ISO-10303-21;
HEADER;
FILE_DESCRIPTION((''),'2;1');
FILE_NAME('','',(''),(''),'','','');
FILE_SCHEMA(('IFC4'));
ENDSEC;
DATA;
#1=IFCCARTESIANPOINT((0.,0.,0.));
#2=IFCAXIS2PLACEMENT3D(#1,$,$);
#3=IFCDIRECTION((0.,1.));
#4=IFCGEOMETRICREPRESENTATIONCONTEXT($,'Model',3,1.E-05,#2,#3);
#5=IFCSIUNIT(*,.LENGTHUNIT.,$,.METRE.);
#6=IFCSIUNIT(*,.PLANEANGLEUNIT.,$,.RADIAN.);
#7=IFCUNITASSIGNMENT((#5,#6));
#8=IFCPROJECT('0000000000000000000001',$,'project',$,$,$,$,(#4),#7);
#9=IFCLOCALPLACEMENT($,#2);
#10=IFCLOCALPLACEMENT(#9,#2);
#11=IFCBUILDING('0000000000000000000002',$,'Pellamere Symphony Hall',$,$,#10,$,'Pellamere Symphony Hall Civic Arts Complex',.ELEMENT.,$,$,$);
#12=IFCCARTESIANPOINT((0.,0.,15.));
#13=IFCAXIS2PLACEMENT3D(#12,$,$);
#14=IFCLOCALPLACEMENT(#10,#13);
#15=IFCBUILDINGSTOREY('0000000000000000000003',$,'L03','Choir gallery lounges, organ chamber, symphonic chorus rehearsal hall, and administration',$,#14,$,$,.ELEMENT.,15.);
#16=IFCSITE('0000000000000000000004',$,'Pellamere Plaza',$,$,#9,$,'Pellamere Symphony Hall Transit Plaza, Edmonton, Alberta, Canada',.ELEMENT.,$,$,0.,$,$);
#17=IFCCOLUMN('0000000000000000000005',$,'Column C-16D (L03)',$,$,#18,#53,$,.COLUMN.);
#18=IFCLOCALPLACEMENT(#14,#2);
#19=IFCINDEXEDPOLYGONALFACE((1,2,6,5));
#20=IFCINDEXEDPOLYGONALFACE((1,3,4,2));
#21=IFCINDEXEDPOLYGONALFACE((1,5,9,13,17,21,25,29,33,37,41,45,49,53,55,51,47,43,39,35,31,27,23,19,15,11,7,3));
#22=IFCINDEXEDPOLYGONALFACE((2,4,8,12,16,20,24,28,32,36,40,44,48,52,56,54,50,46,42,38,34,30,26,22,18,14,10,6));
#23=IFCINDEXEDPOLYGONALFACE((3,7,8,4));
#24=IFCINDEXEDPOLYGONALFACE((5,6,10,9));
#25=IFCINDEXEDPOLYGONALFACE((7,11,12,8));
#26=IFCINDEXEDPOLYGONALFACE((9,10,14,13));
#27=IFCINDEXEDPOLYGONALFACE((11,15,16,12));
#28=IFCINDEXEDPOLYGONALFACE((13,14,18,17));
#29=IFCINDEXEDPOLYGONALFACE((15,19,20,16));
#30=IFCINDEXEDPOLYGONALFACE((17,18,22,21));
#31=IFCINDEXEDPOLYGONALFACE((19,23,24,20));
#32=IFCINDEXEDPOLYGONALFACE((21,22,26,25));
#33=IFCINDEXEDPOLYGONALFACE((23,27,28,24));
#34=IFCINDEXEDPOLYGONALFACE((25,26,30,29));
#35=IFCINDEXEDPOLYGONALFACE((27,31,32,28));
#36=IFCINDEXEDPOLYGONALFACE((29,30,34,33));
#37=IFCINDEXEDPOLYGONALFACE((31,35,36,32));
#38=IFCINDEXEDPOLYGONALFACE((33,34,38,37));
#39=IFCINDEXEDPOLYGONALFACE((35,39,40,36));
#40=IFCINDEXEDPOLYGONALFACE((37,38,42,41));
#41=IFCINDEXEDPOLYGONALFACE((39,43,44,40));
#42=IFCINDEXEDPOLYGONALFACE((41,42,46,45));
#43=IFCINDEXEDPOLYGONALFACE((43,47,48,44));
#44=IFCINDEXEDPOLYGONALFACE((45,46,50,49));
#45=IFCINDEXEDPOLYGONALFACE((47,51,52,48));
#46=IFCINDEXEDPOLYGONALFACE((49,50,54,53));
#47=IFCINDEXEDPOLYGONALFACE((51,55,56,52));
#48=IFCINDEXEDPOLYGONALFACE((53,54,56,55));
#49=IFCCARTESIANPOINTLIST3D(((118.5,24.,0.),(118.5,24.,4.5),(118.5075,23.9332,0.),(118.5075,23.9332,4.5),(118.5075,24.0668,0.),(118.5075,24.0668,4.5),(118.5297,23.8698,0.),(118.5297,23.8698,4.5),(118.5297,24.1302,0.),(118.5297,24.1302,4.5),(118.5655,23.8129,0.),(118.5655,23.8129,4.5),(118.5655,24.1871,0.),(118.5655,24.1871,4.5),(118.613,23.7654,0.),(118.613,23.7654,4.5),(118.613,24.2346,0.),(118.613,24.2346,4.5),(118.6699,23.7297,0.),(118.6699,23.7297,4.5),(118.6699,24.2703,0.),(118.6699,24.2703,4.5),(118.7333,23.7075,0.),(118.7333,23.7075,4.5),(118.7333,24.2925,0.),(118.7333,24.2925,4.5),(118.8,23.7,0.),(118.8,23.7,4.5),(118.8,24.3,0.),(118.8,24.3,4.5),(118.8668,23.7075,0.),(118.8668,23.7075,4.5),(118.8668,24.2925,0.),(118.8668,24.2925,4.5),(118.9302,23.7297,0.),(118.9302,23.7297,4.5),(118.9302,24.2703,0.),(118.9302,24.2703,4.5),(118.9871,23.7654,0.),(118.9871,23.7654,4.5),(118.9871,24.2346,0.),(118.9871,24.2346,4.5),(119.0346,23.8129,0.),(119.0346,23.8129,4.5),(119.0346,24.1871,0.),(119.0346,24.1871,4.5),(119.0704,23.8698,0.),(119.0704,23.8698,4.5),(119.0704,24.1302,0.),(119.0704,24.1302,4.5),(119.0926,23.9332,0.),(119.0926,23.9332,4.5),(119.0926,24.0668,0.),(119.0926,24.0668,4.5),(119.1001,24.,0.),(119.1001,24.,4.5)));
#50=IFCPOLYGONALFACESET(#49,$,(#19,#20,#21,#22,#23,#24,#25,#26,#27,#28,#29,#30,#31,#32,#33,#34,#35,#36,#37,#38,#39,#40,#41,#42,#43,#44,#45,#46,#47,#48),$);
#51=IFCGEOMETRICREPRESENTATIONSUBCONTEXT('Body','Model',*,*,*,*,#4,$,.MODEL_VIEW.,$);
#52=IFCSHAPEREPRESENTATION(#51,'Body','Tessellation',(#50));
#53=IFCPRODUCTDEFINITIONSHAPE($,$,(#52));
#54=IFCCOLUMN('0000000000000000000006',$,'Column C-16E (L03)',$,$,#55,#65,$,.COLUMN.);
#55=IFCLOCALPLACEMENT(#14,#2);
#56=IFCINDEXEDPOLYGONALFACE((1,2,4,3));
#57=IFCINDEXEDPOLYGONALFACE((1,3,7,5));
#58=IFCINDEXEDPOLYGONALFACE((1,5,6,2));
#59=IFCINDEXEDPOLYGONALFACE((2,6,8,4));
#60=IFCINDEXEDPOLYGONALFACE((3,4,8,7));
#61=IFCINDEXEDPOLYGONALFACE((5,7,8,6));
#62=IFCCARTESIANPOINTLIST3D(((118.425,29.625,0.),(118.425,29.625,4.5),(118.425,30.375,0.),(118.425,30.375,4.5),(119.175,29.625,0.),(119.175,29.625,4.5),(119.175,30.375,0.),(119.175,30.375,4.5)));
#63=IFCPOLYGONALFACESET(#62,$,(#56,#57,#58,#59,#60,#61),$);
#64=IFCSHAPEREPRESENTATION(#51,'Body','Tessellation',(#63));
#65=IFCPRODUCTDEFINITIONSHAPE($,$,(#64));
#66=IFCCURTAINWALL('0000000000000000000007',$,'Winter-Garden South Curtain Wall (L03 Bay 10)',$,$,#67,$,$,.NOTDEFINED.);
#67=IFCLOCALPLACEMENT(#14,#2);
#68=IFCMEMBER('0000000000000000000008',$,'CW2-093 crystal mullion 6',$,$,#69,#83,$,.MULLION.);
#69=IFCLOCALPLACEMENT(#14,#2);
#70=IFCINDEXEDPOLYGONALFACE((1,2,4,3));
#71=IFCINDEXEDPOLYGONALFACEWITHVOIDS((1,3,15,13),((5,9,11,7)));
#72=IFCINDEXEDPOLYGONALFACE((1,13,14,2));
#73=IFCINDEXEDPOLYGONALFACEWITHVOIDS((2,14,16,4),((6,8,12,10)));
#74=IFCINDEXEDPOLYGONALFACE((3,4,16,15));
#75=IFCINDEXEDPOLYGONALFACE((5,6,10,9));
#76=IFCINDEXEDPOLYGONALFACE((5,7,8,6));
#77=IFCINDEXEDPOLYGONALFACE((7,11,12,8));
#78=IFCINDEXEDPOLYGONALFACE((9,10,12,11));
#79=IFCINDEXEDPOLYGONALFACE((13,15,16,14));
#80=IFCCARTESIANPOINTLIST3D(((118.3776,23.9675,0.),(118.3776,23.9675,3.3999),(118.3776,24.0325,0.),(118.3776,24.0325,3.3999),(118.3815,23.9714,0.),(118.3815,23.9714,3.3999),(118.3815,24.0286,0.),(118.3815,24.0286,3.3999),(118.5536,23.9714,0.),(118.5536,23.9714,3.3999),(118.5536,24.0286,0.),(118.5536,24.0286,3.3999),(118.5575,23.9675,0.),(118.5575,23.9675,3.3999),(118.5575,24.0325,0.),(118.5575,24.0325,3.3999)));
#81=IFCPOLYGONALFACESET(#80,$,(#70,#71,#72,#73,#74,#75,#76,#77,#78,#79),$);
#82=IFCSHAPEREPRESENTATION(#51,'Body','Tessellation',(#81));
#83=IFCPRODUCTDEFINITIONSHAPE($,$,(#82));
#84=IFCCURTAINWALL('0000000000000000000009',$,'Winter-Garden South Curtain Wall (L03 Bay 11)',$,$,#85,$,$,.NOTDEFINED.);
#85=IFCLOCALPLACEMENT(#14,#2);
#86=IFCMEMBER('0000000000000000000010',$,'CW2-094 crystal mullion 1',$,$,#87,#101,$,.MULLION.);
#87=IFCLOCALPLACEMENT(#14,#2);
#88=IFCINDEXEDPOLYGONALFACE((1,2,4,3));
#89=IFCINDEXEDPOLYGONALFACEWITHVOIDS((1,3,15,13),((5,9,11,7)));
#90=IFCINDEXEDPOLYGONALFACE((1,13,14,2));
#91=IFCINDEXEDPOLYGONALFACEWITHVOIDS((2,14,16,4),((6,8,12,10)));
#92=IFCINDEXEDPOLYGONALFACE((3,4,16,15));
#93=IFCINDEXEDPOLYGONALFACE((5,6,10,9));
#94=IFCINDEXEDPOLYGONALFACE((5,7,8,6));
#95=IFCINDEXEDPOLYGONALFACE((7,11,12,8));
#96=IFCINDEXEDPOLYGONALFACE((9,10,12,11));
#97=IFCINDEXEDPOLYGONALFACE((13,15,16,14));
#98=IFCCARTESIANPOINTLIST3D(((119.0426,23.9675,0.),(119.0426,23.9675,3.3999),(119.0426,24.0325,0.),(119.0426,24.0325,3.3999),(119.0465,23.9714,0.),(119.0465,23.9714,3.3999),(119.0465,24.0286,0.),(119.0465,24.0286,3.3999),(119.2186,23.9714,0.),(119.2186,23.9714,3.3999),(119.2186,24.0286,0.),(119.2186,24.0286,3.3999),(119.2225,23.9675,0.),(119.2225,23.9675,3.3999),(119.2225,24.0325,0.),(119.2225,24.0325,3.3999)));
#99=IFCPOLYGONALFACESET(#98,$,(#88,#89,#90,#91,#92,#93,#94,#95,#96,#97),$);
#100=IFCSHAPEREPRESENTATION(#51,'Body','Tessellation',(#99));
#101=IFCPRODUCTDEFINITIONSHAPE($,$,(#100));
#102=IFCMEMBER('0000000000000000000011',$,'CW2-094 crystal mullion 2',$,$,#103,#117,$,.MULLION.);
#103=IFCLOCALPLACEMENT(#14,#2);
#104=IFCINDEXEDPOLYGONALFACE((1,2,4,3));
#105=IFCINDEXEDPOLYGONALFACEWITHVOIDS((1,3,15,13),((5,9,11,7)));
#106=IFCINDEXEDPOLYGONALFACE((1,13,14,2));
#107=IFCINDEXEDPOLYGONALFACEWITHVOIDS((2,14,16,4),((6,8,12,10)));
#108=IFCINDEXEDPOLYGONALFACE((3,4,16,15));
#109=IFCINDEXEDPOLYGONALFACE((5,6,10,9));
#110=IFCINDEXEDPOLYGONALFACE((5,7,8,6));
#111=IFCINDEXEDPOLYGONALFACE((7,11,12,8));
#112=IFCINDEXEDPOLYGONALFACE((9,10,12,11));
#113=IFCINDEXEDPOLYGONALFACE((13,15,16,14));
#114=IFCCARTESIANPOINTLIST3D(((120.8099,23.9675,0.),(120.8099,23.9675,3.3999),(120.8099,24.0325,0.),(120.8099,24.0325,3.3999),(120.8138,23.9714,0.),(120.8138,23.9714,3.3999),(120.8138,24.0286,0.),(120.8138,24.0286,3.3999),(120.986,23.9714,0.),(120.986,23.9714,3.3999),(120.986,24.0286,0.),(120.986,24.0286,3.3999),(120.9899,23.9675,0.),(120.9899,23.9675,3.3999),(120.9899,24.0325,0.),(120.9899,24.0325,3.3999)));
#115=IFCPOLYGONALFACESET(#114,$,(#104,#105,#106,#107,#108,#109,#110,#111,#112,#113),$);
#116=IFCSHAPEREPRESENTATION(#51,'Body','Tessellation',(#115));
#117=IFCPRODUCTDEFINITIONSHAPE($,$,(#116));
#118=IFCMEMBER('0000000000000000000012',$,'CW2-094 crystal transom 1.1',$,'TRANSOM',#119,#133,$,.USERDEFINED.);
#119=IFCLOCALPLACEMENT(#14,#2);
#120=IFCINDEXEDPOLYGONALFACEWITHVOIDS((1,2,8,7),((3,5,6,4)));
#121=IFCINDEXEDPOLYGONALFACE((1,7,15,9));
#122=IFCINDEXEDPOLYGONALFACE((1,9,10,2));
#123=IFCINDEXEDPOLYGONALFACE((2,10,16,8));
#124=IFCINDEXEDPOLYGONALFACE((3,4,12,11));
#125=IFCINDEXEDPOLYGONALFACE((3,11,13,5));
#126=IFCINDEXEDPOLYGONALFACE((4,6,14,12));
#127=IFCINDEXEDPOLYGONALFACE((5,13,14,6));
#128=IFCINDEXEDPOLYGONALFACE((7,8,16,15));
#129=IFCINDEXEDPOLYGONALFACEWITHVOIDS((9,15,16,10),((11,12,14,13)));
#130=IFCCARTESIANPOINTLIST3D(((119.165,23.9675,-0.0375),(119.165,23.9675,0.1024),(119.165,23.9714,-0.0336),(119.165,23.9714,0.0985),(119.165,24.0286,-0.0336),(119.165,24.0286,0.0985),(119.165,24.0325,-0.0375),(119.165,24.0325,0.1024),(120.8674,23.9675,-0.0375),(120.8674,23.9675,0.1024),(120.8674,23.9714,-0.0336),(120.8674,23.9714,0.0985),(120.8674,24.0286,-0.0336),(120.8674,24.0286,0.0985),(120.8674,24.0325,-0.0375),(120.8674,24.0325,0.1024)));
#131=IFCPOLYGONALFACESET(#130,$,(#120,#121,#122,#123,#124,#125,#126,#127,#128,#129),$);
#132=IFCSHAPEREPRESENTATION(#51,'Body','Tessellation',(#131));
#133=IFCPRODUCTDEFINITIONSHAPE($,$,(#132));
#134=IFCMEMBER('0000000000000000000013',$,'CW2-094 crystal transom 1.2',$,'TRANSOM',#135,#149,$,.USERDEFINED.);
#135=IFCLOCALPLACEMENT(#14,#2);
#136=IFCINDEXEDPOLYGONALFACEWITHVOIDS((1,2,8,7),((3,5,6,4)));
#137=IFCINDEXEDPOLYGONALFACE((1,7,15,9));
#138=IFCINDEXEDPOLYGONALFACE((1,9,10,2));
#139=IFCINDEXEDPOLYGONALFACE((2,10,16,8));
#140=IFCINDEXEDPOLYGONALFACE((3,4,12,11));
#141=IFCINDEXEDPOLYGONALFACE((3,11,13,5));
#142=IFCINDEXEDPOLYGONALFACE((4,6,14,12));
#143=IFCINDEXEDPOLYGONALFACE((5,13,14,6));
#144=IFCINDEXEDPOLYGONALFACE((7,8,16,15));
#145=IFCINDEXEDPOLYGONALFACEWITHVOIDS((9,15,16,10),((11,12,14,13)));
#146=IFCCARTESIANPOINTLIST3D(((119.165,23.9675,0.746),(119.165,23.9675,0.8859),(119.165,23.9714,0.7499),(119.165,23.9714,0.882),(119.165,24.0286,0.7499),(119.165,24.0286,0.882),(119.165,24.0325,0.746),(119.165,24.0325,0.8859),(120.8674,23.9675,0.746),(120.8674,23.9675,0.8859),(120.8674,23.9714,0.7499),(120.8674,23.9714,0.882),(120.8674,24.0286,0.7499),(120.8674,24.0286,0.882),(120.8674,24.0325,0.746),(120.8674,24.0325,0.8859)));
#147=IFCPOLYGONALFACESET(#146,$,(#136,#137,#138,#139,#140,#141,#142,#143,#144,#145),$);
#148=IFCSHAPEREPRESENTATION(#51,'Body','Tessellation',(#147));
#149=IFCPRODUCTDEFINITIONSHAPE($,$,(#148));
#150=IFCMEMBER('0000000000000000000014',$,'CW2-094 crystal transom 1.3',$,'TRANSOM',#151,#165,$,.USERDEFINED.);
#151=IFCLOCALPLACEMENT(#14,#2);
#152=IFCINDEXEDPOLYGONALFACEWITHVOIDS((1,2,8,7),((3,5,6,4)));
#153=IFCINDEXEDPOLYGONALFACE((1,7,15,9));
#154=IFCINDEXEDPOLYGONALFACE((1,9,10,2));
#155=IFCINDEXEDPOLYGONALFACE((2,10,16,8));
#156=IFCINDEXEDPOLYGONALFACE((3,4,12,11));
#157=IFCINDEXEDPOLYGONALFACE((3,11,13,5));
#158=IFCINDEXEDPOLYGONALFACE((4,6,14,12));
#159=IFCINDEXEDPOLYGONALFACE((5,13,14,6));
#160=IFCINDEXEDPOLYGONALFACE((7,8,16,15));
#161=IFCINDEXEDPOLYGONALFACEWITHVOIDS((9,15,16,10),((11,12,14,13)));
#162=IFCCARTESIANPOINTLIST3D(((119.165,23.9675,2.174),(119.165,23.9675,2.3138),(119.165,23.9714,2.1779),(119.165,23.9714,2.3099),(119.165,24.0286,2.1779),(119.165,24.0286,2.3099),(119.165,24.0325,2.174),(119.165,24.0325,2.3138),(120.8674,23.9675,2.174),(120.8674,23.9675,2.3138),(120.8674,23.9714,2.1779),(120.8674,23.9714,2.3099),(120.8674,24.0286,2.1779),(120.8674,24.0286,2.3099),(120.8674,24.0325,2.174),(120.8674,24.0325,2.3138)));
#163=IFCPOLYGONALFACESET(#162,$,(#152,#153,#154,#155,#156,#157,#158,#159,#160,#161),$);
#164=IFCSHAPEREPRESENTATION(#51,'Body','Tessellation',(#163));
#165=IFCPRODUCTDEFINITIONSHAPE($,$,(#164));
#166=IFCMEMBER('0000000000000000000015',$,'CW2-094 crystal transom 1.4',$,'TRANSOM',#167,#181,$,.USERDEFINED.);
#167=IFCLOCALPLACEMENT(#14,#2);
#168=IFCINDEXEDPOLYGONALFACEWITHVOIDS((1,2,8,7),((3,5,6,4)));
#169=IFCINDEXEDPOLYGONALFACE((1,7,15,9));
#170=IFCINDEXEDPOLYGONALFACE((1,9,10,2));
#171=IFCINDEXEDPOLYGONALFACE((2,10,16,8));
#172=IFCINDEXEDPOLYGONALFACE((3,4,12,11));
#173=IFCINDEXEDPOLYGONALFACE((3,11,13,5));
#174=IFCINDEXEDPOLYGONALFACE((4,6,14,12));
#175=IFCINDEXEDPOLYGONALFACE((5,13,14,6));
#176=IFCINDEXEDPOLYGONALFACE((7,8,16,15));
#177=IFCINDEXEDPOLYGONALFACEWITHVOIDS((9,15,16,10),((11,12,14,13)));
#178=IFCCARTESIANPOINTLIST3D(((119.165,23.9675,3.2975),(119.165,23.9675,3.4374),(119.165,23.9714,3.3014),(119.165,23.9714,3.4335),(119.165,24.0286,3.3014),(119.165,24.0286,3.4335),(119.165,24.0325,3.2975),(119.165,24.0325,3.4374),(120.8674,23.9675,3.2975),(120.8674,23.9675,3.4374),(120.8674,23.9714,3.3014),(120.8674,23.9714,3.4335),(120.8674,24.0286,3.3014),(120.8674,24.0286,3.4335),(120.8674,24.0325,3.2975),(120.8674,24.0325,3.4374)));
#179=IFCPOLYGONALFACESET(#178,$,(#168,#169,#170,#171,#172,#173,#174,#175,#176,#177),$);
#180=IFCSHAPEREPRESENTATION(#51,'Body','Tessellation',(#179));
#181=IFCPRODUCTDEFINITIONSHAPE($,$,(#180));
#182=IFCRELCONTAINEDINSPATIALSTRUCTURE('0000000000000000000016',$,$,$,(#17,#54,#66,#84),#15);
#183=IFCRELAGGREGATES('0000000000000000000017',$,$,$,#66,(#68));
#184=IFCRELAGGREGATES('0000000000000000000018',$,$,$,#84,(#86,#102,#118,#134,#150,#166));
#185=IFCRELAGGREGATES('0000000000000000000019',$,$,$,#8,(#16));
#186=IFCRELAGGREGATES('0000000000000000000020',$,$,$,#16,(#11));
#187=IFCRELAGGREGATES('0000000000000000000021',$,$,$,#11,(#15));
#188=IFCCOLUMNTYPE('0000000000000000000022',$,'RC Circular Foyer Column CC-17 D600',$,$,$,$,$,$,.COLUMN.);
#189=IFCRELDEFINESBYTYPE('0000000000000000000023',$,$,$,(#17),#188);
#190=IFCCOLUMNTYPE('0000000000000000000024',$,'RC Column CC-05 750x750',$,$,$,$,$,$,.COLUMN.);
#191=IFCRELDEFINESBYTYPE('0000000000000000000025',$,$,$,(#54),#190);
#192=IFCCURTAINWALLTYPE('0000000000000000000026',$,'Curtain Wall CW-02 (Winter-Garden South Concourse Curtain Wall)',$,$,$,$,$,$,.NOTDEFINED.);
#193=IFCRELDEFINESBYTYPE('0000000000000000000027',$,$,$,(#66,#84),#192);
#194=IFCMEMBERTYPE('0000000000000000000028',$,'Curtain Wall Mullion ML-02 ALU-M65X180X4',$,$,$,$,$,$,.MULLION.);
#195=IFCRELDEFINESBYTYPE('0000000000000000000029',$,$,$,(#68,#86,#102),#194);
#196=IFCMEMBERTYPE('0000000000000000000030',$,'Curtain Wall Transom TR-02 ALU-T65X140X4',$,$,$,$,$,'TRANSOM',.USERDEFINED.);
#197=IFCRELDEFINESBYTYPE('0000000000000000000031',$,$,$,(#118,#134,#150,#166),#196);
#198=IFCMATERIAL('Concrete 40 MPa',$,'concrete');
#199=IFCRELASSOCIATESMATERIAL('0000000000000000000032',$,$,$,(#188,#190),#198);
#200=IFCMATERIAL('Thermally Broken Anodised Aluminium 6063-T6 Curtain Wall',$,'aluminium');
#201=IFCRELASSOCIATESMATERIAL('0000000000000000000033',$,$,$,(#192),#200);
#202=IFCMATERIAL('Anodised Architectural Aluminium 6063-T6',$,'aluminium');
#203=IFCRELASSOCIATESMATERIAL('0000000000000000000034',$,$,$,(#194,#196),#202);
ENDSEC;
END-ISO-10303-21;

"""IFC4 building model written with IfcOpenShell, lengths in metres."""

from ifc_helpers import new_model, si_unit, direction, frame, origin, origin_2d, place, context, subcontext, project, spatial, rectangle, hollow_rectangle, circle, extrude, material, material_profile, profile_set, type_object, element, aggregate, save


model = new_model("IFC4")

# Units and contexts
model_context = context("Model", 3, precision=1e-05, world=origin(), true_north=direction((0.0, 1.0)))
body_context = subcontext(model_context, "Body", "Model", "MODEL_VIEW")
ifc_project = project(units=[si_unit("LENGTHUNIT", "METRE"), si_unit("PLANEANGLEUNIT", "RADIAN")], contexts=[model_context])

# Site, building, storey
site_placement = place(None, origin())
site = spatial("IfcSite", under=ifc_project, at=site_placement, Name="Pellamere Plaza", LongName="Pellamere Symphony Hall Transit Plaza, Edmonton, Alberta, Canada", CompositionType="ELEMENT", RefElevation=0.0)
building_placement = place(site_placement, origin())
building = spatial("IfcBuilding", under=site, at=building_placement, Name="Pellamere Symphony Hall", LongName="Pellamere Symphony Hall Civic Arts Complex", CompositionType="ELEMENT")
storey_placement = place(building_placement, frame((0.0, 0.0, 15.0)))
storey = spatial("IfcBuildingStorey", under=building, at=storey_placement, Name="L03", Description="Choir gallery lounges, organ chamber, symphonic chorus rehearsal hall, and administration", CompositionType="ELEMENT", Elevation=15.0)

# Columns
ifc_material_1 = material(Name="Concrete 40 MPa", Category="concrete")
ifc_material_profile_1 = material_profile(ifc_material_1, circle(Radius=0.3, at=origin_2d()), Name="RCCOL D600")
ifc_profile_set_1 = profile_set([ifc_material_profile_1], Name="Concrete 40 MPa")
column_type_1 = type_object("IfcColumnType", Name="RC Circular Foyer Column CC-17 D600", PredefinedType="COLUMN", material=ifc_profile_set_1)
column_1_placement = place(storey_placement, frame((118.8, 24.0, 0.0), z_axis=(0.0, 0.0, 1.0), x_axis=(1.0, 0.0, 0.0)))
element("IfcColumn", 1, at=column_1_placement, inside=storey, type_object=column_type_1, Name="Column C-16D (L03)", PredefinedType="COLUMN", context=body_context, shape_type="SweptSolid", body=[
    extrude(circle(Radius=0.3, at=origin_2d()), origin(), (0.0, 0.0, 1.0), 4.5),
])
ifc_material_profile_2 = material_profile(ifc_material_1, rectangle(XDim=0.75, YDim=0.75, at=origin_2d()), Name="RC 750x750")
ifc_profile_set_2 = profile_set([ifc_material_profile_2], Name="Concrete 40 MPa")
column_type_2 = type_object("IfcColumnType", Name="RC Column CC-05 750x750", PredefinedType="COLUMN", material=ifc_profile_set_2)
column_2_placement = place(storey_placement, frame((118.8, 30.0, 0.0), z_axis=(0.0, 0.0, 1.0), x_axis=(1.0, 0.0, 0.0)))
element("IfcColumn", 2, at=column_2_placement, inside=storey, type_object=column_type_2, Name="Column C-16E (L03)", PredefinedType="COLUMN", context=body_context, shape_type="SweptSolid", body=[
    extrude(rectangle(XDim=0.75, YDim=0.75, at=origin_2d()), origin(), (0.0, 0.0, 1.0), 4.5),
])

# Curtain wall, member
ifc_material_2 = material(Name="Thermally Broken Anodised Aluminium 6063-T6 Curtain Wall", Category="aluminium")
curtain_wall_type = type_object("IfcCurtainWallType", Name="Curtain Wall CW-02 (Winter-Garden South Concourse Curtain Wall)", PredefinedType="NOTDEFINED", material=ifc_material_2)
curtain_wall_1_placement = place(storey_placement, origin())
curtain_wall_1 = element("IfcCurtainWall", 3, at=curtain_wall_1_placement, inside=storey, type_object=curtain_wall_type, Name="Winter-Garden South Curtain Wall (L03 Bay 10)", PredefinedType="NOTDEFINED")
ifc_material_3 = material(Name="Anodised Architectural Aluminium 6063-T6", Category="aluminium")
ifc_material_profile_3 = material_profile(ifc_material_3, hollow_rectangle(XDim=0.0649, YDim=0.1799, WallThickness=0.0039, at=origin_2d()), Name="ALU-M65X180X4")
ifc_profile_set_3 = profile_set([ifc_material_profile_3], Name="Anodised Architectural Aluminium 6063-T6")
member_type_1 = type_object("IfcMemberType", Name="Curtain Wall Mullion ML-02 ALU-M65X180X4", PredefinedType="MULLION", material=ifc_profile_set_3)
member_1_placement = place(storey_placement, frame((118.4675, 24.0, 0.0), z_axis=(0.0, 0.0, 1.0), x_axis=(0.0, 1.0, 0.0)))
member_1 = element("IfcMember", 4, at=member_1_placement, type_object=member_type_1, Name="CW2-093 crystal mullion 6", PredefinedType="MULLION", context=body_context, shape_type="SweptSolid", body=[
    extrude(hollow_rectangle(XDim=0.0649, YDim=0.1799, WallThickness=0.0039, at=origin_2d()), origin(), (0.0, 0.0, 1.0), 3.3999),
])

# Curtain wall, members
curtain_wall_2_placement = place(storey_placement, origin())
curtain_wall_2 = element("IfcCurtainWall", 5, at=curtain_wall_2_placement, inside=storey, type_object=curtain_wall_type, Name="Winter-Garden South Curtain Wall (L03 Bay 11)", PredefinedType="NOTDEFINED")
member_2_placement = place(storey_placement, frame((119.1326, 24.0, 0.0), z_axis=(0.0, 0.0, 1.0), x_axis=(0.0, 1.0, 0.0)))
member_2 = element("IfcMember", 6, at=member_2_placement, type_object=member_type_1, Name="CW2-094 crystal mullion 1", PredefinedType="MULLION", context=body_context, shape_type="SweptSolid", body=[
    extrude(hollow_rectangle(XDim=0.0649, YDim=0.1799, WallThickness=0.0039, at=origin_2d()), origin(), (0.0, 0.0, 1.0), 3.3999),
])
member_3_placement = place(storey_placement, frame((120.8999, 24.0, 0.0), z_axis=(0.0, 0.0, 1.0), x_axis=(0.0, 1.0, 0.0)))
member_3 = element("IfcMember", 7, at=member_3_placement, type_object=member_type_1, Name="CW2-094 crystal mullion 2", PredefinedType="MULLION", context=body_context, shape_type="SweptSolid", body=[
    extrude(hollow_rectangle(XDim=0.0649, YDim=0.1799, WallThickness=0.0039, at=origin_2d()), origin(), (0.0, 0.0, 1.0), 3.3999),
])
ifc_material_profile_4 = material_profile(ifc_material_3, hollow_rectangle(XDim=0.0649, YDim=0.1399, WallThickness=0.0039, at=origin_2d()), Name="ALU-T65X140X4")
ifc_profile_set_4 = profile_set([ifc_material_profile_4], Name="Anodised Architectural Aluminium 6063-T6")
member_type_2 = type_object("IfcMemberType", Name="Curtain Wall Transom TR-02 ALU-T65X140X4", ElementType="TRANSOM", PredefinedType="USERDEFINED", material=ifc_profile_set_4)
member_4_placement = place(storey_placement, frame((119.165, 24.0, 0.0325), z_axis=(1.0, 0.0, 0.0), x_axis=(0.0, 1.0, 0.0)))
member_4 = element("IfcMember", 8, at=member_4_placement, type_object=member_type_2, Name="CW2-094 crystal transom 1.1", ObjectType="TRANSOM", PredefinedType="USERDEFINED", context=body_context, shape_type="SweptSolid", body=[
    extrude(hollow_rectangle(XDim=0.0649, YDim=0.1399, WallThickness=0.0039, at=origin_2d()), origin(), (0.0, 0.0, 1.0), 1.7024),
])
member_5_placement = place(storey_placement, frame((119.165, 24.0, 0.8159), z_axis=(1.0, 0.0, 0.0), x_axis=(0.0, 1.0, 0.0)))
member_5 = element("IfcMember", 9, at=member_5_placement, type_object=member_type_2, Name="CW2-094 crystal transom 1.2", ObjectType="TRANSOM", PredefinedType="USERDEFINED", context=body_context, shape_type="SweptSolid", body=[
    extrude(hollow_rectangle(XDim=0.0649, YDim=0.1399, WallThickness=0.0039, at=origin_2d()), origin(), (0.0, 0.0, 1.0), 1.7024),
])
member_6_placement = place(storey_placement, frame((119.165, 24.0, 2.2439), z_axis=(1.0, 0.0, 0.0), x_axis=(0.0, 1.0, 0.0)))
member_6 = element("IfcMember", 10, at=member_6_placement, type_object=member_type_2, Name="CW2-094 crystal transom 1.3", ObjectType="TRANSOM", PredefinedType="USERDEFINED", context=body_context, shape_type="SweptSolid", body=[
    extrude(hollow_rectangle(XDim=0.0649, YDim=0.1399, WallThickness=0.0039, at=origin_2d()), origin(), (0.0, 0.0, 1.0), 1.7024),
])
member_7_placement = place(storey_placement, frame((119.165, 24.0, 3.3674), z_axis=(1.0, 0.0, 0.0), x_axis=(0.0, 1.0, 0.0)))
member_7 = element("IfcMember", 11, at=member_7_placement, type_object=member_type_2, Name="CW2-094 crystal transom 1.4", ObjectType="TRANSOM", PredefinedType="USERDEFINED", context=body_context, shape_type="SweptSolid", body=[
    extrude(hollow_rectangle(XDim=0.0649, YDim=0.1399, WallThickness=0.0039, at=origin_2d()), origin(), (0.0, 0.0, 1.0), 1.7024),
])

aggregate(curtain_wall_1, [member_1])
aggregate(curtain_wall_2, [member_2, member_3, member_4, member_5, member_6, member_7])

save(model, "model.ifc")
